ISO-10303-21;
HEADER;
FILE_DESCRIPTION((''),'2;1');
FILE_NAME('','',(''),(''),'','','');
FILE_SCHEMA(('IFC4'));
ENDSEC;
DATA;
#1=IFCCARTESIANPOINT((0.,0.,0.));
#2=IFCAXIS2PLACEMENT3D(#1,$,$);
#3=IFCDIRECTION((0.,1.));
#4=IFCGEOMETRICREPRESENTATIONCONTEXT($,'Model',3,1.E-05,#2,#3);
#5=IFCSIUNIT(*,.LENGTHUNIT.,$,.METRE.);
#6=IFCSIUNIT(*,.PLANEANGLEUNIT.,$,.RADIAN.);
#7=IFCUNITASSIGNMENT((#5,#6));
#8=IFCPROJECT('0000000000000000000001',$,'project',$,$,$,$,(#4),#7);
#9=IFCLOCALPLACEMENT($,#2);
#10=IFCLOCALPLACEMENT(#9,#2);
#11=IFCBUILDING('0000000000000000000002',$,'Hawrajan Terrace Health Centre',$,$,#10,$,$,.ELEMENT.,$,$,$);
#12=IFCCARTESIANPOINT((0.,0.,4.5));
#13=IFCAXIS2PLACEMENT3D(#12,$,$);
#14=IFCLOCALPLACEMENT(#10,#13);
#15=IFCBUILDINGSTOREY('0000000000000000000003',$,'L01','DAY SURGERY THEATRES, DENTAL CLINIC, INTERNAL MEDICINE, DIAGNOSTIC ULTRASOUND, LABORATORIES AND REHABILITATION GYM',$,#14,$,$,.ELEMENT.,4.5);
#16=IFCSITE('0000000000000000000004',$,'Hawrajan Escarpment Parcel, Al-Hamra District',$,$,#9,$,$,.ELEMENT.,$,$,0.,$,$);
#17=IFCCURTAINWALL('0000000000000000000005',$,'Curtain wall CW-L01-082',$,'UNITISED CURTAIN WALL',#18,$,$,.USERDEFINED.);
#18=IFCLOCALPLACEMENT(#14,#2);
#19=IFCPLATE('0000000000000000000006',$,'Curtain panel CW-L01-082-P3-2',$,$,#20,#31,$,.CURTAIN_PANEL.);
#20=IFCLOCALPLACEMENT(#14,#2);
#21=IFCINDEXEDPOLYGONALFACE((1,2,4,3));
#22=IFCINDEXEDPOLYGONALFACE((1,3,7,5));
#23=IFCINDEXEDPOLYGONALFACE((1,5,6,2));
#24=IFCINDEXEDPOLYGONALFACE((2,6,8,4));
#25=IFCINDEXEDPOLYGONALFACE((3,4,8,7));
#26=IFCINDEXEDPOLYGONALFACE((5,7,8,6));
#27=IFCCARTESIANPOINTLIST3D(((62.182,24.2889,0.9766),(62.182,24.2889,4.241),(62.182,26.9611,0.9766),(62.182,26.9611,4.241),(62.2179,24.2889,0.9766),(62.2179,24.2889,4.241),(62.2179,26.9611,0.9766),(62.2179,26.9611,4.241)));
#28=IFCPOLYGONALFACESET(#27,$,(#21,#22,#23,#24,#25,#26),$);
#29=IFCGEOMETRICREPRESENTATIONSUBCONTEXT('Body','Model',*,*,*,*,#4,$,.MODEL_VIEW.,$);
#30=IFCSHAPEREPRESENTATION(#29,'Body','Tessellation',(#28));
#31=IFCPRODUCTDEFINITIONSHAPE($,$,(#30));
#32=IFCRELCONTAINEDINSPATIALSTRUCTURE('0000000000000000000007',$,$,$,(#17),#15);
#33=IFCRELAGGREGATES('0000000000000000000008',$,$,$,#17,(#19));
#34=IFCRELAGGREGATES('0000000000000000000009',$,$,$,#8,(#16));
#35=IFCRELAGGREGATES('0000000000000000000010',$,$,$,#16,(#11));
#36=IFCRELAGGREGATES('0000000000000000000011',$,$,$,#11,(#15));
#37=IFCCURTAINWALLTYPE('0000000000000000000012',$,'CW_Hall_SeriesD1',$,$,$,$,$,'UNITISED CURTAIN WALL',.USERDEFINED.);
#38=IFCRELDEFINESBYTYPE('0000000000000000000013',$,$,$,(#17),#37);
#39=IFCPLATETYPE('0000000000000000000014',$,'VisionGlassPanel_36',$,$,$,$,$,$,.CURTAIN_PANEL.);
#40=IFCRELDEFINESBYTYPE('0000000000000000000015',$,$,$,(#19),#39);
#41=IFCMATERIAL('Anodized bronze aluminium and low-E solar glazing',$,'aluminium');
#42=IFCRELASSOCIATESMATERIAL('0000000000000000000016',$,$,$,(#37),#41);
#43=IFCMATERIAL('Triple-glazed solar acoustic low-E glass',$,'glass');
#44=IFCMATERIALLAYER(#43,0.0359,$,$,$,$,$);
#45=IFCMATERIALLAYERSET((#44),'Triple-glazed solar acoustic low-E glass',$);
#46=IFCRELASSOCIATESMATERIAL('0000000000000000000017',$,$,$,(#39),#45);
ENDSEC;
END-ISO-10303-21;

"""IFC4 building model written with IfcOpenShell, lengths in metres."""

from ifc_helpers import new_model, si_unit, direction, frame, origin, origin_2d, place, context, subcontext, project, spatial, rectangle, extrude, material, layer, layer_set, type_object, element, aggregate, save


model = new_model("IFC4")

# Units and contexts
model_context = context("Model", 3, precision=1e-05, world=origin(), true_north=direction((0.0, 1.0)))
body_context = subcontext(model_context, "Body", "Model", "MODEL_VIEW")
ifc_project = project(units=[si_unit("LENGTHUNIT", "METRE"), si_unit("PLANEANGLEUNIT", "RADIAN")], contexts=[model_context])

# Site, building, storey
site_placement = place(None, origin())
site = spatial("IfcSite", under=ifc_project, at=site_placement, Name="Hawrajan Escarpment Parcel, Al-Hamra District", CompositionType="ELEMENT", RefElevation=0.0)
building_placement = place(site_placement, origin())
building = spatial("IfcBuilding", under=site, at=building_placement, Name="Hawrajan Terrace Health Centre", CompositionType="ELEMENT")
storey_placement = place(building_placement, frame((0.0, 0.0, 4.5)))
storey = spatial("IfcBuildingStorey", under=building, at=storey_placement, Name="L01", Description="DAY SURGERY THEATRES, DENTAL CLINIC, INTERNAL MEDICINE, DIAGNOSTIC ULTRASOUND, LABORATORIES AND REHABILITATION GYM", CompositionType="ELEMENT", Elevation=4.5)

# Curtain wall
ifc_material_1 = material(Name="Anodized bronze aluminium and low-E solar glazing", Category="aluminium")
curtain_wall_type_1 = type_object("IfcCurtainWallType", Name="CW_Hall_SeriesD1", ElementType="UNITISED CURTAIN WALL", PredefinedType="USERDEFINED", material=ifc_material_1)
curtain_wall_1_placement = place(storey_placement, origin())
curtain_wall_1 = element("IfcCurtainWall", 1, at=curtain_wall_1_placement, inside=storey, type_object=curtain_wall_type_1, Name="Curtain wall CW-L01-082", ObjectType="UNITISED CURTAIN WALL", PredefinedType="USERDEFINED")

# Plate
ifc_material_2 = material(Name="Triple-glazed solar acoustic low-E glass", Category="glass")
ifc_layer_1 = layer(ifc_material_2, 0.0359)
ifc_layer_set_1 = layer_set([ifc_layer_1], Name="Triple-glazed solar acoustic low-E glass")
plate_type_1 = type_object("IfcPlateType", Name="VisionGlassPanel_36", PredefinedType="CURTAIN_PANEL", material=ifc_layer_set_1)
plate_1_placement = place(storey_placement, frame((62.2, 25.625, 0.9766), z_axis=(0.0, 0.0, 1.0), x_axis=(0.0, 1.0, 0.0)))
plate_1 = element("IfcPlate", 2, at=plate_1_placement, type_object=plate_type_1, Name="Curtain panel CW-L01-082-P3-2", PredefinedType="CURTAIN_PANEL", context=body_context, shape_type="SweptSolid", body=[
    extrude(rectangle(XDim=2.6721, YDim=0.0359, at=origin_2d()), origin(), (0.0, 0.0, 1.0), 3.2644),
])
aggregate(curtain_wall_1, [plate_1])

save(model, "model.ifc")
